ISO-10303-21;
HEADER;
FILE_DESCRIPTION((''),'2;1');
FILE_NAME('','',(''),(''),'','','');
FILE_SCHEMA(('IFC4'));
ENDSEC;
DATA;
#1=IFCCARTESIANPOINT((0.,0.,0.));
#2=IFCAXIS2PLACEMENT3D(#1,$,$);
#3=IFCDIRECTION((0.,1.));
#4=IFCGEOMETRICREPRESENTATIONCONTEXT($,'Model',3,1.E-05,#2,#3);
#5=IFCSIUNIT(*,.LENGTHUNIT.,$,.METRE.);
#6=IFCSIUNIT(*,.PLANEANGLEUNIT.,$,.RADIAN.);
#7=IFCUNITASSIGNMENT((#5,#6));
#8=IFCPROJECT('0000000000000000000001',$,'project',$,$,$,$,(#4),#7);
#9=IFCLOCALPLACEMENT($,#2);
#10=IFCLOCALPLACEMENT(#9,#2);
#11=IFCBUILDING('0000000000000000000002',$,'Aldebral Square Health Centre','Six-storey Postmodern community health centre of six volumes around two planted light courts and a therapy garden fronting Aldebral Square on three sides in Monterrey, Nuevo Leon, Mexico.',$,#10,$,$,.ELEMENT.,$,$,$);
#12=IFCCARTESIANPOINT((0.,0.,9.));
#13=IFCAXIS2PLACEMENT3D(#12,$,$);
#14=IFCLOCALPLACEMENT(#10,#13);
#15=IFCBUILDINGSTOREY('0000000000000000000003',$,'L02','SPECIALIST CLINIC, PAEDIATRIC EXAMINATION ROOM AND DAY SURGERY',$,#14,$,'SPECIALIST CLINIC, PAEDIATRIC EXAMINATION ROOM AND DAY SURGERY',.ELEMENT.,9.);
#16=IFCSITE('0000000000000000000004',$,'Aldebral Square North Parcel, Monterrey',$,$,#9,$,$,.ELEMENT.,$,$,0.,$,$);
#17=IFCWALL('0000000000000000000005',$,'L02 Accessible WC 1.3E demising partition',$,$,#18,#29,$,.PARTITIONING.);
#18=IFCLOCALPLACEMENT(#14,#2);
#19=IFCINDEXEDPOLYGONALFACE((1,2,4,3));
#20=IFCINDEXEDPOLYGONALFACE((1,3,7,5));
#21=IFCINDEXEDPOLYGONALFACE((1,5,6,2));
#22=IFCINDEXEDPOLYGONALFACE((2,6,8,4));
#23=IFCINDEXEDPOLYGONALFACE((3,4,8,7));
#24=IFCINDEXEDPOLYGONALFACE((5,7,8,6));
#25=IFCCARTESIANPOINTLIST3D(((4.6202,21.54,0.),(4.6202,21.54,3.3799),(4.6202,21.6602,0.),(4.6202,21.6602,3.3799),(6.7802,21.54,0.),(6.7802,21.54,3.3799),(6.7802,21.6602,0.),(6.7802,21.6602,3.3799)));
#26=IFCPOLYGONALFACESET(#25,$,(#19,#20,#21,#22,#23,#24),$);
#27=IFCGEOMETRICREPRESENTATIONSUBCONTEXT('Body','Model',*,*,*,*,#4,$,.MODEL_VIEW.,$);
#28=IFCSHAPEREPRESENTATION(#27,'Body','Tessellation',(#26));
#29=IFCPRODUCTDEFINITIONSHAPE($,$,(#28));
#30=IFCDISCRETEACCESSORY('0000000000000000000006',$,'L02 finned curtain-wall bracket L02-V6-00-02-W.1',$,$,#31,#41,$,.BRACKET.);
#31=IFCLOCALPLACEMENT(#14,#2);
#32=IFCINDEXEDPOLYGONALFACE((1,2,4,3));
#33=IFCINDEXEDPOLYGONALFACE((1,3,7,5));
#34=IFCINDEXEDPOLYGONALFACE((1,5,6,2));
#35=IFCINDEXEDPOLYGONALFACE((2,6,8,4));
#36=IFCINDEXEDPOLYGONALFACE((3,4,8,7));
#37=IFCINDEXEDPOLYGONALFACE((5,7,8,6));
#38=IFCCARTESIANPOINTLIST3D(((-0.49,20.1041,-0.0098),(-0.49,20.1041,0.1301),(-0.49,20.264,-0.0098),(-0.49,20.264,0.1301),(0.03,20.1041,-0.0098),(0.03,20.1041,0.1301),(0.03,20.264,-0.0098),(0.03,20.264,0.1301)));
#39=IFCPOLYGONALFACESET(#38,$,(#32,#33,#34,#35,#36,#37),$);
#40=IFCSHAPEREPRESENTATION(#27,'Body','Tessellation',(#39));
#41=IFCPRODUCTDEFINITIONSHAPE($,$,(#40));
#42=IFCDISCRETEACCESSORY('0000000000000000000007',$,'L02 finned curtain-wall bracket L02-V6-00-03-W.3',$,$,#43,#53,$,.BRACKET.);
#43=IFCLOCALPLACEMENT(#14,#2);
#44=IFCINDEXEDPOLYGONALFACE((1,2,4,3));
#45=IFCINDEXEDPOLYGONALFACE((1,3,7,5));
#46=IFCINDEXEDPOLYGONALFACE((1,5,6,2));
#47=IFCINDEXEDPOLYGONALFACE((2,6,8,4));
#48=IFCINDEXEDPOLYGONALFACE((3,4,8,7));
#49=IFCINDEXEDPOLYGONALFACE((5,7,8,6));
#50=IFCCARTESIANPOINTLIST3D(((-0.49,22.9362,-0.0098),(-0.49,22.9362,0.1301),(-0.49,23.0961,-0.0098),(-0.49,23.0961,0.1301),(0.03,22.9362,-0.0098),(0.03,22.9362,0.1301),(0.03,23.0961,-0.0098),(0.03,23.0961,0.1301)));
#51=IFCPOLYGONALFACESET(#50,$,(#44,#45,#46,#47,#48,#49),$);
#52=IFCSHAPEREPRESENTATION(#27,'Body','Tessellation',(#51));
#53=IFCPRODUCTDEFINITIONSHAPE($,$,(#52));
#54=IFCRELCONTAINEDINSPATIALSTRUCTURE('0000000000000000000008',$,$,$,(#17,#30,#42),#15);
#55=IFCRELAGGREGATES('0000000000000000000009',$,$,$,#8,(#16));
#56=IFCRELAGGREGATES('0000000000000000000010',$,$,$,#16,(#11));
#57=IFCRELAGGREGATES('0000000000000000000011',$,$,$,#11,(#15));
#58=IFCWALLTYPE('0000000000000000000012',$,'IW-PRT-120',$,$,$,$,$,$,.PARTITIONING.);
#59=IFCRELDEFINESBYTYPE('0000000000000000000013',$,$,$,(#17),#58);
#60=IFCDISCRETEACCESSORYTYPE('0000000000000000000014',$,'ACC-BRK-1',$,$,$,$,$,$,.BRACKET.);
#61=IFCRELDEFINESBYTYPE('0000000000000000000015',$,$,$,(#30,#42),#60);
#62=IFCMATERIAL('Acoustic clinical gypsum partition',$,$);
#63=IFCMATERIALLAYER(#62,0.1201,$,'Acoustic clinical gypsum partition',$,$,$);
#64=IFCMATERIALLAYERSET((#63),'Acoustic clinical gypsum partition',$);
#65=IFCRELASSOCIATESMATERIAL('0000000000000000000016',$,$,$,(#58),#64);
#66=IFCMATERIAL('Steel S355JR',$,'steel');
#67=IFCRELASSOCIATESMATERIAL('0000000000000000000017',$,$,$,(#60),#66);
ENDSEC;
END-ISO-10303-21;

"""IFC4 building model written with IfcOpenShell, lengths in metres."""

from ifc_helpers import new_model, si_unit, direction, frame, frame_2d, origin, origin_2d, place, context, subcontext, project, spatial, rectangle, extrude, material, layer, layer_set, type_object, element, save


model = new_model("IFC4")

# Units and contexts
model_context = context("Model", 3, precision=1e-05, world=origin(), true_north=direction((0.0, 1.0)))
body_context = subcontext(model_context, "Body", "Model", "MODEL_VIEW")
ifc_project = project(units=[si_unit("LENGTHUNIT", "METRE"), si_unit("PLANEANGLEUNIT", "RADIAN")], contexts=[model_context])

# Site, building, storey
site_placement = place(None, origin())
site = spatial("IfcSite", under=ifc_project, at=site_placement, Name="Aldebral Square North Parcel, Monterrey", CompositionType="ELEMENT", RefElevation=0.0)
building_placement = place(site_placement, origin())
building = spatial("IfcBuilding", under=site, at=building_placement, Name="Aldebral Square Health Centre", Description="Six-storey Postmodern community health centre of six volumes around two planted light courts and a therapy garden fronting Aldebral Square on three sides in Monterrey, Nuevo Leon, Mexico.", CompositionType="ELEMENT")
storey_placement = place(building_placement, frame((0.0, 0.0, 9.0)))
storey = spatial("IfcBuildingStorey", under=building, at=storey_placement, Name="L02", Description="SPECIALIST CLINIC, PAEDIATRIC EXAMINATION ROOM AND DAY SURGERY", LongName="SPECIALIST CLINIC, PAEDIATRIC EXAMINATION ROOM AND DAY SURGERY", CompositionType="ELEMENT", Elevation=9.0)

# Wall
ifc_material_1 = material(Name="Acoustic clinical gypsum partition")
ifc_layer_1 = layer(ifc_material_1, 0.1201, Name="Acoustic clinical gypsum partition")
ifc_layer_set_1 = layer_set([ifc_layer_1], Name="Acoustic clinical gypsum partition")
wall_type_1 = type_object("IfcWallType", Name="IW-PRT-120", PredefinedType="PARTITIONING", material=ifc_layer_set_1)
wall_1_placement = place(storey_placement, frame((4.6201, 21.6001, 0.0), z_axis=(0.0, 0.0, 1.0), x_axis=(1.0, 0.0, 0.0)))
element("IfcWall", 1, at=wall_1_placement, inside=storey, type_object=wall_type_1, Name="L02 Accessible WC 1.3E demising partition", PredefinedType="PARTITIONING", context=body_context, shape_type="SweptSolid", body=[
    extrude(rectangle(XDim=2.1599, YDim=0.1201, at=frame_2d((1.0801, 0.0))), origin(), (0.0, 0.0, 1.0), 3.3799),
])

# Discrete accessories
ifc_material_2 = material(Name="Steel S355JR", Category="steel")
discrete_accessory_type = type_object("IfcDiscreteAccessoryType", Name="ACC-BRK-1", PredefinedType="BRACKET", material=ifc_material_2)
for number, where, z_axis, x_axis, name in (
    (2, (-0.23, 20.1841, -0.0098), (0.0, 0.0, 1.0), (0.0, 1.0, 0.0), "L02 finned curtain-wall bracket L02-V6-00-02-W.1"),
    (3, (-0.23, 23.0161, -0.0098), (0.0, 0.0, 1.0), (0.0, 1.0, 0.0), "L02 finned curtain-wall bracket L02-V6-00-03-W.3"),
):
    element("IfcDiscreteAccessory", number, at=place(storey_placement, frame(where, z_axis=z_axis, x_axis=x_axis)), inside=storey, type_object=discrete_accessory_type, Name=name, PredefinedType="BRACKET", context=body_context, shape_type="SweptSolid", body=[
        extrude(rectangle(XDim=0.1599, YDim=0.52, at=origin_2d()), origin(), (0.0, 0.0, 1.0), 0.1399),
    ])

save(model, "model.ifc")
